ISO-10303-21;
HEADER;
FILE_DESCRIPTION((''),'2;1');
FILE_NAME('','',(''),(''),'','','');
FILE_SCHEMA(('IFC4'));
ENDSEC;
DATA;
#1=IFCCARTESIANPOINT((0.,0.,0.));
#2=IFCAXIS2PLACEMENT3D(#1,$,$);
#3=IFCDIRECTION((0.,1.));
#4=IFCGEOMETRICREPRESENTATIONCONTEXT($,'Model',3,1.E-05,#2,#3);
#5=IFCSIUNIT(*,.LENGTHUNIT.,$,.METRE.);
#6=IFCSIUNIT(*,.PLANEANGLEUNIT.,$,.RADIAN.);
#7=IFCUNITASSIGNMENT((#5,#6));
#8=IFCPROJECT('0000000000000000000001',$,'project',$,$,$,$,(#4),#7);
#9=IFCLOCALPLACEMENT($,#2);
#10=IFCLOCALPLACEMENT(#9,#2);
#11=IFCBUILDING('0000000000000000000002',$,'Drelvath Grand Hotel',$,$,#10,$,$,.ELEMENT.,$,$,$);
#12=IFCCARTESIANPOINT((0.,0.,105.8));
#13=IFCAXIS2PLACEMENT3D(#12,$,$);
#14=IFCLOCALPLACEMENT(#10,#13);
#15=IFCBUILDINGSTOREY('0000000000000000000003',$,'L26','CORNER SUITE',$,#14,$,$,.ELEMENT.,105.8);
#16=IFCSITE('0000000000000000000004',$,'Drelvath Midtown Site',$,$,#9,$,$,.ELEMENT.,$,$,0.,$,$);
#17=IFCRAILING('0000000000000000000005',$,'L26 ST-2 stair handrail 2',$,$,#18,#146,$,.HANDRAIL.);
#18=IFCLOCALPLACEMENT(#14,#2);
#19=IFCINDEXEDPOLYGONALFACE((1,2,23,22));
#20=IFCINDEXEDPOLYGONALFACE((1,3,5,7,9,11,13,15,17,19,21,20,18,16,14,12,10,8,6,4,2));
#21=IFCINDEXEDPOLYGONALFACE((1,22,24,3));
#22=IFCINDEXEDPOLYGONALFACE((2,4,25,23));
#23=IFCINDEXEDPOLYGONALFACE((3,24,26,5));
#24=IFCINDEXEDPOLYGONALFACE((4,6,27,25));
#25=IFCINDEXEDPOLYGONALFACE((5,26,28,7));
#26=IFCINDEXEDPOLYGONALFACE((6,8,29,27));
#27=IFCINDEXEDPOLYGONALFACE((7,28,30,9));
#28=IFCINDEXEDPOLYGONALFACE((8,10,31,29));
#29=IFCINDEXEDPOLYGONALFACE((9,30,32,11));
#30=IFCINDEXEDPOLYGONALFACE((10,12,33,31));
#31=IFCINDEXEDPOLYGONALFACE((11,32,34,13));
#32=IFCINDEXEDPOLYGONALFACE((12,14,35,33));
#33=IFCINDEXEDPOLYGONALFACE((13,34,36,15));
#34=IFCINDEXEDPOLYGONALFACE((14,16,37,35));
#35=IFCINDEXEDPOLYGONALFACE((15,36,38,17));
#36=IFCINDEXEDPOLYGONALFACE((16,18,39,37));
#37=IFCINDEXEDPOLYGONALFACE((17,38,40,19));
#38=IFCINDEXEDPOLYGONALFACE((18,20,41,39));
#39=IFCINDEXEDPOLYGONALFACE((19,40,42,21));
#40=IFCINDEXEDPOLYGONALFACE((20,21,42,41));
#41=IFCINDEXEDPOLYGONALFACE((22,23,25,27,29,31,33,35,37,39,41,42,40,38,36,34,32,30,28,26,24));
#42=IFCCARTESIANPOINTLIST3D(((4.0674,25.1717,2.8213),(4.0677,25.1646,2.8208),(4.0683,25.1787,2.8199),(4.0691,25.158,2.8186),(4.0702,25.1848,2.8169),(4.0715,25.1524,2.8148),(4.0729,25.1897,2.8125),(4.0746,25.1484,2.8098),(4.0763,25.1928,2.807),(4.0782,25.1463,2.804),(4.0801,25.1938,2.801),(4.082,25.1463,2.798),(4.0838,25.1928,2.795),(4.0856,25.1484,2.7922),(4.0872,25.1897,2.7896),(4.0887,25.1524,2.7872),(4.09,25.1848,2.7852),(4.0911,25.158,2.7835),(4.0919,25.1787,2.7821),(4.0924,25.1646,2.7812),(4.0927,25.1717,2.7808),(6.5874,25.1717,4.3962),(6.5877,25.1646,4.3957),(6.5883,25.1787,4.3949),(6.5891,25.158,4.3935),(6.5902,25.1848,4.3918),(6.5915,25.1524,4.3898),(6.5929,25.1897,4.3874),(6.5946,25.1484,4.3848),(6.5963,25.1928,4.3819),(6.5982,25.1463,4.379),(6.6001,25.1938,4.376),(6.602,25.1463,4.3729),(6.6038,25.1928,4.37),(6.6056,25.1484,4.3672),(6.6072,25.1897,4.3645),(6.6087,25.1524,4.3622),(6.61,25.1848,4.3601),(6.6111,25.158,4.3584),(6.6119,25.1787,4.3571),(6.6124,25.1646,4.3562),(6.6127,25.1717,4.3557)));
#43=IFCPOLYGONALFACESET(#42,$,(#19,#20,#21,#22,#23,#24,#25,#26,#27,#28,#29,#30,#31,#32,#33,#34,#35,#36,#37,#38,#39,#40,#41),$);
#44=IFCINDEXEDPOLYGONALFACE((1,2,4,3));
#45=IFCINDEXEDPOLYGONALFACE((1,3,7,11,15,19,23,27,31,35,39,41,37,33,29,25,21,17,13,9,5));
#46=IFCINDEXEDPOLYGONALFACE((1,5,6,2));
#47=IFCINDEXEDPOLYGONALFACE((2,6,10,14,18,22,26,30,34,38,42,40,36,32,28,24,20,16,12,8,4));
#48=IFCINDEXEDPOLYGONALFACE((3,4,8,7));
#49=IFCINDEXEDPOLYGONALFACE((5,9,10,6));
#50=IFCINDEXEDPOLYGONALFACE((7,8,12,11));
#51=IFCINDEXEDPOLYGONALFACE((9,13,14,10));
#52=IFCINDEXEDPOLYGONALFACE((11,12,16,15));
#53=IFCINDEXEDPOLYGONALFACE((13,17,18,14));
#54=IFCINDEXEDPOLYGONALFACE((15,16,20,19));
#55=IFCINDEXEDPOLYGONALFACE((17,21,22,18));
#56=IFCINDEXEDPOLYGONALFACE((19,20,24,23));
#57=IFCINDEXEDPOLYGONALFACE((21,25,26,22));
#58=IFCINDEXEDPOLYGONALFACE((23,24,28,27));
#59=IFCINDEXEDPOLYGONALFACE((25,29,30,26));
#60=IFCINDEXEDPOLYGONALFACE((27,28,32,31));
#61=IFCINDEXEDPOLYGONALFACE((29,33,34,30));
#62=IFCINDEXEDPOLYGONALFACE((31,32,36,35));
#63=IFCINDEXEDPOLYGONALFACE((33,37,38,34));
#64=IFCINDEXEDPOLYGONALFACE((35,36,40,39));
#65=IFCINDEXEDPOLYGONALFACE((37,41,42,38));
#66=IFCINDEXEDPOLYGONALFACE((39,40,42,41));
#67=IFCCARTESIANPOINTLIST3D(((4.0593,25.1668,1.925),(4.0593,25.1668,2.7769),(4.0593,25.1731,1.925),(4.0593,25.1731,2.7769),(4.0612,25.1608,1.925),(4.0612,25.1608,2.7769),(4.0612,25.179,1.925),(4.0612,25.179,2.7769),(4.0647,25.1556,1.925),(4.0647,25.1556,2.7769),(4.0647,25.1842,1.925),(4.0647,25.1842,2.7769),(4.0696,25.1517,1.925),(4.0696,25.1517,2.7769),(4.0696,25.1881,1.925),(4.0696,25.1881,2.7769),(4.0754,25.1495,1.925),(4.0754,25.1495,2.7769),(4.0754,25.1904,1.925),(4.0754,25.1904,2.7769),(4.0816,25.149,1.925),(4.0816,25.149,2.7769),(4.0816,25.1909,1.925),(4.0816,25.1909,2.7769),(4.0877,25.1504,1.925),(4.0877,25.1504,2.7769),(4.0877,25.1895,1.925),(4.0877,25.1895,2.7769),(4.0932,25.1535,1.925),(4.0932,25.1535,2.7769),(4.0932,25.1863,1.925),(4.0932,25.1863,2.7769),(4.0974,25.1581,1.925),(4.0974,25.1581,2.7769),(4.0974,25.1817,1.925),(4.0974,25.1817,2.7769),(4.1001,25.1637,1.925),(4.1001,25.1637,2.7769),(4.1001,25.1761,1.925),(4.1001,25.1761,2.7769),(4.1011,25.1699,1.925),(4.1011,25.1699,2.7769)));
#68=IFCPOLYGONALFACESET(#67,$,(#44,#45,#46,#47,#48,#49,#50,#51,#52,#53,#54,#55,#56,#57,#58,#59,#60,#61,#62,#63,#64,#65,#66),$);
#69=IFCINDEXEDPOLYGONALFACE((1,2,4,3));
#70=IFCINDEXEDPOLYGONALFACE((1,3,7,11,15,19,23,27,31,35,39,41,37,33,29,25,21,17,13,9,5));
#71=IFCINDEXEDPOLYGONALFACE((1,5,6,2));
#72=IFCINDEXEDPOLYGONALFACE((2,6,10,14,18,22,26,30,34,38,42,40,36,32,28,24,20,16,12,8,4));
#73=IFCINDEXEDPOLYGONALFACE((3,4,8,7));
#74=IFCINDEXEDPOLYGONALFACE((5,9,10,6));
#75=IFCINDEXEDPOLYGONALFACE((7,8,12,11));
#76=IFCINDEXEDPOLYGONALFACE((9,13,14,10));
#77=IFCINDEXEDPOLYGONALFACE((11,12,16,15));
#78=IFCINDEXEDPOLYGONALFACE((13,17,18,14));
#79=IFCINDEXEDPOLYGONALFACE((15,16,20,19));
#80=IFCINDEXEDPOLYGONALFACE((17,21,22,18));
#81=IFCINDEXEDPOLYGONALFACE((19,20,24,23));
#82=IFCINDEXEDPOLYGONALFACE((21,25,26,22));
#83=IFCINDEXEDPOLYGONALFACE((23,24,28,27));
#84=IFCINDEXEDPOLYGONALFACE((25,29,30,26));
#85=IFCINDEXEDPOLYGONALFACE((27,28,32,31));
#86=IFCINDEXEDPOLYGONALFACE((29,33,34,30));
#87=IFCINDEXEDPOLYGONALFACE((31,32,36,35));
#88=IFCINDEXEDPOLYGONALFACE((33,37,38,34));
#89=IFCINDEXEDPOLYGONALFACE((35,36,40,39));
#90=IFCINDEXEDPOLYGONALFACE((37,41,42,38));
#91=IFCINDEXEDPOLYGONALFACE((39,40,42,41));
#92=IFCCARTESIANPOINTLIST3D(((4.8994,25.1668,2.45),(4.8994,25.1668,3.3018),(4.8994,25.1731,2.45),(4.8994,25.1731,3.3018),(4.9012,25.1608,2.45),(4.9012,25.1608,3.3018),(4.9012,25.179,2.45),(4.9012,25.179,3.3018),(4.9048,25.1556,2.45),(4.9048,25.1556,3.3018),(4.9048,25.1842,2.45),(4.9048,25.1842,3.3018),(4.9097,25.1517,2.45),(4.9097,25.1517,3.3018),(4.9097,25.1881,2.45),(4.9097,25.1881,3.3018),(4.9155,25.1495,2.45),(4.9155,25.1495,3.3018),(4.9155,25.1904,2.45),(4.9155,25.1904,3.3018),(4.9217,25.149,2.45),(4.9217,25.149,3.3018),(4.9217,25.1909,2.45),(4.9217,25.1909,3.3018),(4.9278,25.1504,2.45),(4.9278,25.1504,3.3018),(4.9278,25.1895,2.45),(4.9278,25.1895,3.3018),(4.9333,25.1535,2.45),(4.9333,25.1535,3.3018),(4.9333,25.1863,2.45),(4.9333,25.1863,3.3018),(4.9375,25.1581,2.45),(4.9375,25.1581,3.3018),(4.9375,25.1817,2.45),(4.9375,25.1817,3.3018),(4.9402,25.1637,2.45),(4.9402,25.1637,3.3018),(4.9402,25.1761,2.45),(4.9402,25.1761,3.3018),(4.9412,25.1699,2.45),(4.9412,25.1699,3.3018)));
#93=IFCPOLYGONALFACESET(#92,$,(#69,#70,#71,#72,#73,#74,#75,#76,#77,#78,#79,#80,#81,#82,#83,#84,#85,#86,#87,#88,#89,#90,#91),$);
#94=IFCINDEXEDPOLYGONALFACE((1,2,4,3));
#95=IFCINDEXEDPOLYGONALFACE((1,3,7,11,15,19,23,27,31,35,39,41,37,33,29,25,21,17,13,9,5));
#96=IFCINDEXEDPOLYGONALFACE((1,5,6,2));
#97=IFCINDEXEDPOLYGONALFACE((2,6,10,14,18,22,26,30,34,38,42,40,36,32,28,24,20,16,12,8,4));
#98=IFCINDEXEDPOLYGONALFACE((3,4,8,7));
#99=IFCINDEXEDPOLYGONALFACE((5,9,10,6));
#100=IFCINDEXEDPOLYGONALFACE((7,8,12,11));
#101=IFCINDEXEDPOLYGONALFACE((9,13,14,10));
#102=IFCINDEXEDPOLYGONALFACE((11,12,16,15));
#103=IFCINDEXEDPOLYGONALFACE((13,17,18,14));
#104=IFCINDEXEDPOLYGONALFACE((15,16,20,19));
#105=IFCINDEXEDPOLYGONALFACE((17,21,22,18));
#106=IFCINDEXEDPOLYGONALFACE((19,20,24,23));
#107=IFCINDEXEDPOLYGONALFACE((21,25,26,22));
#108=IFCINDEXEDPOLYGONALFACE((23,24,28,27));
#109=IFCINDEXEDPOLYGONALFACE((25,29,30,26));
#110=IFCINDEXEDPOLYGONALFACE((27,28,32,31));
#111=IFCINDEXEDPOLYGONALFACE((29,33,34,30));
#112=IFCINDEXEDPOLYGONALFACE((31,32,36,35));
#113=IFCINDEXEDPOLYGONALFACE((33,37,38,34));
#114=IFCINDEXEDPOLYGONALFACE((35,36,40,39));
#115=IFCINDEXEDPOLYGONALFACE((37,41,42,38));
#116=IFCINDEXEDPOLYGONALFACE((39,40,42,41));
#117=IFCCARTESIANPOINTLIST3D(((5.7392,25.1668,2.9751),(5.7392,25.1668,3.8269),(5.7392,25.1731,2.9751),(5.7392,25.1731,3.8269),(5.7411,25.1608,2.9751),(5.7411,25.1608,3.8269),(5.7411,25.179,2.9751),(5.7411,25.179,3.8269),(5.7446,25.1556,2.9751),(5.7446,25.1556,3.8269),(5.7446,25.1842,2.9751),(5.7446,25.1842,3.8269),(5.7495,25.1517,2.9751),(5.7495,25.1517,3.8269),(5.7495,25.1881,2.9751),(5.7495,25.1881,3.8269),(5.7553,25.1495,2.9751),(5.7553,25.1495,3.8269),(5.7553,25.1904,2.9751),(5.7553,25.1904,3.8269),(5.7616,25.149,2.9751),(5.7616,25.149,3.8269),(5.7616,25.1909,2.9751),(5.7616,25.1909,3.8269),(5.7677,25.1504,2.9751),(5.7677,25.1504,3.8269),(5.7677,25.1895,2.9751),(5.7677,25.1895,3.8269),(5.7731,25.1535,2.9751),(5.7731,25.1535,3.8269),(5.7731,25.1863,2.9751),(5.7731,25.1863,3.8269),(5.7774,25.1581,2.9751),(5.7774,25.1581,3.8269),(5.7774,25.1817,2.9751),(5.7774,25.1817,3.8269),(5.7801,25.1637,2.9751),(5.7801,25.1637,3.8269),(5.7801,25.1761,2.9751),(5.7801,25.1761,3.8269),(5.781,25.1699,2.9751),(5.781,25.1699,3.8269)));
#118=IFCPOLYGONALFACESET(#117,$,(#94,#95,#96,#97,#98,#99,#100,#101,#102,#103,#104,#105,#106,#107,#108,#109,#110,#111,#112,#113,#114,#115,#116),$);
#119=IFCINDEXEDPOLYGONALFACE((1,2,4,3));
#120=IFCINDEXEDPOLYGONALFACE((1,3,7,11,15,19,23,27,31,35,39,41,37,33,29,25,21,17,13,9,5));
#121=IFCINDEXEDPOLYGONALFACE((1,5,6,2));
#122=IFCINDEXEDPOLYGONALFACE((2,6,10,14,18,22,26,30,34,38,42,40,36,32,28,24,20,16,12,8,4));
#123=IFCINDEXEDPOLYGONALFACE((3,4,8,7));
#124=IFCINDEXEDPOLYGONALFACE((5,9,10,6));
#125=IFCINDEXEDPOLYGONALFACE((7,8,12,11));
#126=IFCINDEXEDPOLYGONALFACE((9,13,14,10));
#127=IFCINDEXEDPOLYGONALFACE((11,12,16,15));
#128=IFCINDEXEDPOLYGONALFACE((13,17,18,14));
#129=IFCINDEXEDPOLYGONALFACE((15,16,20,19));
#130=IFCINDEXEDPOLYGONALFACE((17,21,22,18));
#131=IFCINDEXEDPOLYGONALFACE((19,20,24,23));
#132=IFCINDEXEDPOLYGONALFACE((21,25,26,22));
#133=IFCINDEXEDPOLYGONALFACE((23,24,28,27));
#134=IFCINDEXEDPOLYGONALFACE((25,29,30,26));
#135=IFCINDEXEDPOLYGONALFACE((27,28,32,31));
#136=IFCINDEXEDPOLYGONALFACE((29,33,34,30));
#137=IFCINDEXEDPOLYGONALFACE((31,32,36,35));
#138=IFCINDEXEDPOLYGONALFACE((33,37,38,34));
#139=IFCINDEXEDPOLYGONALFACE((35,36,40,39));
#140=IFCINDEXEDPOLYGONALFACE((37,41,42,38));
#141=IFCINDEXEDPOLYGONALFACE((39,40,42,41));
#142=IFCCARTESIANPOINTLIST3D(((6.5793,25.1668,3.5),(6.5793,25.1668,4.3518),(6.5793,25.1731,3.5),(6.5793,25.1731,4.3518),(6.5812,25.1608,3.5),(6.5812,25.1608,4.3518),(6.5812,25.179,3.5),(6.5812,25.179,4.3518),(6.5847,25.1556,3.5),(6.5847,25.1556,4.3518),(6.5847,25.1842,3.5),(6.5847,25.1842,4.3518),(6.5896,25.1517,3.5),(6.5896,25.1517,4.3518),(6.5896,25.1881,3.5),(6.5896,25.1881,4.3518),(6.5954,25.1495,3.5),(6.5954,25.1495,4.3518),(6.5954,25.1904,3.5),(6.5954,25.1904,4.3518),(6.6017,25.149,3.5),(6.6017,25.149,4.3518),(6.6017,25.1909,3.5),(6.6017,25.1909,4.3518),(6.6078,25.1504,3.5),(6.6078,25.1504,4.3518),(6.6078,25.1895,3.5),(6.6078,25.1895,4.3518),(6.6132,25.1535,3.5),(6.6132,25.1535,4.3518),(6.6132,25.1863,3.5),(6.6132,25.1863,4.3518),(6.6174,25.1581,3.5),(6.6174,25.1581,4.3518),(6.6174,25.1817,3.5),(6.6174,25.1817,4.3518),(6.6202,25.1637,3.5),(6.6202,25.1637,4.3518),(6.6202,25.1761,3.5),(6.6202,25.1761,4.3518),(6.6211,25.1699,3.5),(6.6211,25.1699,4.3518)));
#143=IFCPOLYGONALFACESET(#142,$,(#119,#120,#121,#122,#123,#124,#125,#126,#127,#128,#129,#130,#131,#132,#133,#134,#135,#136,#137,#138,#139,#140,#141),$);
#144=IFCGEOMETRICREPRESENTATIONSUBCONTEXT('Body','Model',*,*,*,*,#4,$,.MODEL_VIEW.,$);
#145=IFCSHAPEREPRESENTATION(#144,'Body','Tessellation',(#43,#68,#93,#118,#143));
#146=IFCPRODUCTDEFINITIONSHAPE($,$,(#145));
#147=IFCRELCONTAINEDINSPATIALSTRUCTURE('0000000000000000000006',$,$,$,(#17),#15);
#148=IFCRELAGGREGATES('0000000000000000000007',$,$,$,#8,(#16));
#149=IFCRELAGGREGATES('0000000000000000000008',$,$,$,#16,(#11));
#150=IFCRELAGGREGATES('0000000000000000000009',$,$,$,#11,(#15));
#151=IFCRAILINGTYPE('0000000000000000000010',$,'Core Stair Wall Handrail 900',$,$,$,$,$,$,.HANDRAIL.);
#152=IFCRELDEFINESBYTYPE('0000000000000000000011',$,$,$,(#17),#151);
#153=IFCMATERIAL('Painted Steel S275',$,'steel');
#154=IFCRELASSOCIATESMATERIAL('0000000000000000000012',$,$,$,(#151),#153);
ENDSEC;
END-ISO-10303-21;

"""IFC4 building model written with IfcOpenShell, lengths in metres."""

from ifc_helpers import new_model, si_unit, direction, frame, origin, origin_2d, place, context, subcontext, project, spatial, circle, extrude, material, type_object, element, save


model = new_model("IFC4")

# Units and contexts
model_context = context("Model", 3, precision=1e-05, world=origin(), true_north=direction((0.0, 1.0)))
body_context = subcontext(model_context, "Body", "Model", "MODEL_VIEW")
ifc_project = project(units=[si_unit("LENGTHUNIT", "METRE"), si_unit("PLANEANGLEUNIT", "RADIAN")], contexts=[model_context])

# Site, building, storey
site_placement = place(None, origin())
site = spatial("IfcSite", under=ifc_project, at=site_placement, Name="Drelvath Midtown Site", CompositionType="ELEMENT", RefElevation=0.0)
building_placement = place(site_placement, origin())
building = spatial("IfcBuilding", under=site, at=building_placement, Name="Drelvath Grand Hotel", CompositionType="ELEMENT")
storey_placement = place(building_placement, frame((0.0, 0.0, 105.8)))
storey = spatial("IfcBuildingStorey", under=building, at=storey_placement, Name="L26", Description="CORNER SUITE", CompositionType="ELEMENT", Elevation=105.8)

# Railing
ifc_material_1 = material(Name="Painted Steel S275", Category="steel")
railing_type_1 = type_object("IfcRailingType", Name="Core Stair Wall Handrail 900", PredefinedType="HANDRAIL", material=ifc_material_1)
railing_1_placement = place(storey_placement, frame((4.0801, 25.1699, 1.925)))
element("IfcRailing", 1, at=railing_1_placement, inside=storey, type_object=railing_type_1, Name="L26 ST-2 stair handrail 2", PredefinedType="HANDRAIL", context=body_context, shape_type="SweptSolid", body=[
    extrude(circle(Radius=0.0239, at=origin_2d()), frame((0.0, 0.0, 0.876), z_axis=(0.848008, 0.0, 0.529984), x_axis=(0.0, 1.0, 0.0)), (0.0, 0.0, 1.0), 2.9717),
    extrude(circle(Radius=0.021, at=origin_2d()), origin(), (0.0, 0.0, 1.0), 0.8518),
    extrude(circle(Radius=0.021, at=origin_2d()), frame((0.8401, 0.0, 0.5249)), (0.0, 0.0, 1.0), 0.8518),
    extrude(circle(Radius=0.021, at=origin_2d()), frame((1.6799, 0.0, 1.05)), (0.0, 0.0, 1.0), 0.8518),
    extrude(circle(Radius=0.021, at=origin_2d()), frame((2.52, 0.0, 1.575)), (0.0, 0.0, 1.0), 0.8518),
])

save(model, "model.ifc")
